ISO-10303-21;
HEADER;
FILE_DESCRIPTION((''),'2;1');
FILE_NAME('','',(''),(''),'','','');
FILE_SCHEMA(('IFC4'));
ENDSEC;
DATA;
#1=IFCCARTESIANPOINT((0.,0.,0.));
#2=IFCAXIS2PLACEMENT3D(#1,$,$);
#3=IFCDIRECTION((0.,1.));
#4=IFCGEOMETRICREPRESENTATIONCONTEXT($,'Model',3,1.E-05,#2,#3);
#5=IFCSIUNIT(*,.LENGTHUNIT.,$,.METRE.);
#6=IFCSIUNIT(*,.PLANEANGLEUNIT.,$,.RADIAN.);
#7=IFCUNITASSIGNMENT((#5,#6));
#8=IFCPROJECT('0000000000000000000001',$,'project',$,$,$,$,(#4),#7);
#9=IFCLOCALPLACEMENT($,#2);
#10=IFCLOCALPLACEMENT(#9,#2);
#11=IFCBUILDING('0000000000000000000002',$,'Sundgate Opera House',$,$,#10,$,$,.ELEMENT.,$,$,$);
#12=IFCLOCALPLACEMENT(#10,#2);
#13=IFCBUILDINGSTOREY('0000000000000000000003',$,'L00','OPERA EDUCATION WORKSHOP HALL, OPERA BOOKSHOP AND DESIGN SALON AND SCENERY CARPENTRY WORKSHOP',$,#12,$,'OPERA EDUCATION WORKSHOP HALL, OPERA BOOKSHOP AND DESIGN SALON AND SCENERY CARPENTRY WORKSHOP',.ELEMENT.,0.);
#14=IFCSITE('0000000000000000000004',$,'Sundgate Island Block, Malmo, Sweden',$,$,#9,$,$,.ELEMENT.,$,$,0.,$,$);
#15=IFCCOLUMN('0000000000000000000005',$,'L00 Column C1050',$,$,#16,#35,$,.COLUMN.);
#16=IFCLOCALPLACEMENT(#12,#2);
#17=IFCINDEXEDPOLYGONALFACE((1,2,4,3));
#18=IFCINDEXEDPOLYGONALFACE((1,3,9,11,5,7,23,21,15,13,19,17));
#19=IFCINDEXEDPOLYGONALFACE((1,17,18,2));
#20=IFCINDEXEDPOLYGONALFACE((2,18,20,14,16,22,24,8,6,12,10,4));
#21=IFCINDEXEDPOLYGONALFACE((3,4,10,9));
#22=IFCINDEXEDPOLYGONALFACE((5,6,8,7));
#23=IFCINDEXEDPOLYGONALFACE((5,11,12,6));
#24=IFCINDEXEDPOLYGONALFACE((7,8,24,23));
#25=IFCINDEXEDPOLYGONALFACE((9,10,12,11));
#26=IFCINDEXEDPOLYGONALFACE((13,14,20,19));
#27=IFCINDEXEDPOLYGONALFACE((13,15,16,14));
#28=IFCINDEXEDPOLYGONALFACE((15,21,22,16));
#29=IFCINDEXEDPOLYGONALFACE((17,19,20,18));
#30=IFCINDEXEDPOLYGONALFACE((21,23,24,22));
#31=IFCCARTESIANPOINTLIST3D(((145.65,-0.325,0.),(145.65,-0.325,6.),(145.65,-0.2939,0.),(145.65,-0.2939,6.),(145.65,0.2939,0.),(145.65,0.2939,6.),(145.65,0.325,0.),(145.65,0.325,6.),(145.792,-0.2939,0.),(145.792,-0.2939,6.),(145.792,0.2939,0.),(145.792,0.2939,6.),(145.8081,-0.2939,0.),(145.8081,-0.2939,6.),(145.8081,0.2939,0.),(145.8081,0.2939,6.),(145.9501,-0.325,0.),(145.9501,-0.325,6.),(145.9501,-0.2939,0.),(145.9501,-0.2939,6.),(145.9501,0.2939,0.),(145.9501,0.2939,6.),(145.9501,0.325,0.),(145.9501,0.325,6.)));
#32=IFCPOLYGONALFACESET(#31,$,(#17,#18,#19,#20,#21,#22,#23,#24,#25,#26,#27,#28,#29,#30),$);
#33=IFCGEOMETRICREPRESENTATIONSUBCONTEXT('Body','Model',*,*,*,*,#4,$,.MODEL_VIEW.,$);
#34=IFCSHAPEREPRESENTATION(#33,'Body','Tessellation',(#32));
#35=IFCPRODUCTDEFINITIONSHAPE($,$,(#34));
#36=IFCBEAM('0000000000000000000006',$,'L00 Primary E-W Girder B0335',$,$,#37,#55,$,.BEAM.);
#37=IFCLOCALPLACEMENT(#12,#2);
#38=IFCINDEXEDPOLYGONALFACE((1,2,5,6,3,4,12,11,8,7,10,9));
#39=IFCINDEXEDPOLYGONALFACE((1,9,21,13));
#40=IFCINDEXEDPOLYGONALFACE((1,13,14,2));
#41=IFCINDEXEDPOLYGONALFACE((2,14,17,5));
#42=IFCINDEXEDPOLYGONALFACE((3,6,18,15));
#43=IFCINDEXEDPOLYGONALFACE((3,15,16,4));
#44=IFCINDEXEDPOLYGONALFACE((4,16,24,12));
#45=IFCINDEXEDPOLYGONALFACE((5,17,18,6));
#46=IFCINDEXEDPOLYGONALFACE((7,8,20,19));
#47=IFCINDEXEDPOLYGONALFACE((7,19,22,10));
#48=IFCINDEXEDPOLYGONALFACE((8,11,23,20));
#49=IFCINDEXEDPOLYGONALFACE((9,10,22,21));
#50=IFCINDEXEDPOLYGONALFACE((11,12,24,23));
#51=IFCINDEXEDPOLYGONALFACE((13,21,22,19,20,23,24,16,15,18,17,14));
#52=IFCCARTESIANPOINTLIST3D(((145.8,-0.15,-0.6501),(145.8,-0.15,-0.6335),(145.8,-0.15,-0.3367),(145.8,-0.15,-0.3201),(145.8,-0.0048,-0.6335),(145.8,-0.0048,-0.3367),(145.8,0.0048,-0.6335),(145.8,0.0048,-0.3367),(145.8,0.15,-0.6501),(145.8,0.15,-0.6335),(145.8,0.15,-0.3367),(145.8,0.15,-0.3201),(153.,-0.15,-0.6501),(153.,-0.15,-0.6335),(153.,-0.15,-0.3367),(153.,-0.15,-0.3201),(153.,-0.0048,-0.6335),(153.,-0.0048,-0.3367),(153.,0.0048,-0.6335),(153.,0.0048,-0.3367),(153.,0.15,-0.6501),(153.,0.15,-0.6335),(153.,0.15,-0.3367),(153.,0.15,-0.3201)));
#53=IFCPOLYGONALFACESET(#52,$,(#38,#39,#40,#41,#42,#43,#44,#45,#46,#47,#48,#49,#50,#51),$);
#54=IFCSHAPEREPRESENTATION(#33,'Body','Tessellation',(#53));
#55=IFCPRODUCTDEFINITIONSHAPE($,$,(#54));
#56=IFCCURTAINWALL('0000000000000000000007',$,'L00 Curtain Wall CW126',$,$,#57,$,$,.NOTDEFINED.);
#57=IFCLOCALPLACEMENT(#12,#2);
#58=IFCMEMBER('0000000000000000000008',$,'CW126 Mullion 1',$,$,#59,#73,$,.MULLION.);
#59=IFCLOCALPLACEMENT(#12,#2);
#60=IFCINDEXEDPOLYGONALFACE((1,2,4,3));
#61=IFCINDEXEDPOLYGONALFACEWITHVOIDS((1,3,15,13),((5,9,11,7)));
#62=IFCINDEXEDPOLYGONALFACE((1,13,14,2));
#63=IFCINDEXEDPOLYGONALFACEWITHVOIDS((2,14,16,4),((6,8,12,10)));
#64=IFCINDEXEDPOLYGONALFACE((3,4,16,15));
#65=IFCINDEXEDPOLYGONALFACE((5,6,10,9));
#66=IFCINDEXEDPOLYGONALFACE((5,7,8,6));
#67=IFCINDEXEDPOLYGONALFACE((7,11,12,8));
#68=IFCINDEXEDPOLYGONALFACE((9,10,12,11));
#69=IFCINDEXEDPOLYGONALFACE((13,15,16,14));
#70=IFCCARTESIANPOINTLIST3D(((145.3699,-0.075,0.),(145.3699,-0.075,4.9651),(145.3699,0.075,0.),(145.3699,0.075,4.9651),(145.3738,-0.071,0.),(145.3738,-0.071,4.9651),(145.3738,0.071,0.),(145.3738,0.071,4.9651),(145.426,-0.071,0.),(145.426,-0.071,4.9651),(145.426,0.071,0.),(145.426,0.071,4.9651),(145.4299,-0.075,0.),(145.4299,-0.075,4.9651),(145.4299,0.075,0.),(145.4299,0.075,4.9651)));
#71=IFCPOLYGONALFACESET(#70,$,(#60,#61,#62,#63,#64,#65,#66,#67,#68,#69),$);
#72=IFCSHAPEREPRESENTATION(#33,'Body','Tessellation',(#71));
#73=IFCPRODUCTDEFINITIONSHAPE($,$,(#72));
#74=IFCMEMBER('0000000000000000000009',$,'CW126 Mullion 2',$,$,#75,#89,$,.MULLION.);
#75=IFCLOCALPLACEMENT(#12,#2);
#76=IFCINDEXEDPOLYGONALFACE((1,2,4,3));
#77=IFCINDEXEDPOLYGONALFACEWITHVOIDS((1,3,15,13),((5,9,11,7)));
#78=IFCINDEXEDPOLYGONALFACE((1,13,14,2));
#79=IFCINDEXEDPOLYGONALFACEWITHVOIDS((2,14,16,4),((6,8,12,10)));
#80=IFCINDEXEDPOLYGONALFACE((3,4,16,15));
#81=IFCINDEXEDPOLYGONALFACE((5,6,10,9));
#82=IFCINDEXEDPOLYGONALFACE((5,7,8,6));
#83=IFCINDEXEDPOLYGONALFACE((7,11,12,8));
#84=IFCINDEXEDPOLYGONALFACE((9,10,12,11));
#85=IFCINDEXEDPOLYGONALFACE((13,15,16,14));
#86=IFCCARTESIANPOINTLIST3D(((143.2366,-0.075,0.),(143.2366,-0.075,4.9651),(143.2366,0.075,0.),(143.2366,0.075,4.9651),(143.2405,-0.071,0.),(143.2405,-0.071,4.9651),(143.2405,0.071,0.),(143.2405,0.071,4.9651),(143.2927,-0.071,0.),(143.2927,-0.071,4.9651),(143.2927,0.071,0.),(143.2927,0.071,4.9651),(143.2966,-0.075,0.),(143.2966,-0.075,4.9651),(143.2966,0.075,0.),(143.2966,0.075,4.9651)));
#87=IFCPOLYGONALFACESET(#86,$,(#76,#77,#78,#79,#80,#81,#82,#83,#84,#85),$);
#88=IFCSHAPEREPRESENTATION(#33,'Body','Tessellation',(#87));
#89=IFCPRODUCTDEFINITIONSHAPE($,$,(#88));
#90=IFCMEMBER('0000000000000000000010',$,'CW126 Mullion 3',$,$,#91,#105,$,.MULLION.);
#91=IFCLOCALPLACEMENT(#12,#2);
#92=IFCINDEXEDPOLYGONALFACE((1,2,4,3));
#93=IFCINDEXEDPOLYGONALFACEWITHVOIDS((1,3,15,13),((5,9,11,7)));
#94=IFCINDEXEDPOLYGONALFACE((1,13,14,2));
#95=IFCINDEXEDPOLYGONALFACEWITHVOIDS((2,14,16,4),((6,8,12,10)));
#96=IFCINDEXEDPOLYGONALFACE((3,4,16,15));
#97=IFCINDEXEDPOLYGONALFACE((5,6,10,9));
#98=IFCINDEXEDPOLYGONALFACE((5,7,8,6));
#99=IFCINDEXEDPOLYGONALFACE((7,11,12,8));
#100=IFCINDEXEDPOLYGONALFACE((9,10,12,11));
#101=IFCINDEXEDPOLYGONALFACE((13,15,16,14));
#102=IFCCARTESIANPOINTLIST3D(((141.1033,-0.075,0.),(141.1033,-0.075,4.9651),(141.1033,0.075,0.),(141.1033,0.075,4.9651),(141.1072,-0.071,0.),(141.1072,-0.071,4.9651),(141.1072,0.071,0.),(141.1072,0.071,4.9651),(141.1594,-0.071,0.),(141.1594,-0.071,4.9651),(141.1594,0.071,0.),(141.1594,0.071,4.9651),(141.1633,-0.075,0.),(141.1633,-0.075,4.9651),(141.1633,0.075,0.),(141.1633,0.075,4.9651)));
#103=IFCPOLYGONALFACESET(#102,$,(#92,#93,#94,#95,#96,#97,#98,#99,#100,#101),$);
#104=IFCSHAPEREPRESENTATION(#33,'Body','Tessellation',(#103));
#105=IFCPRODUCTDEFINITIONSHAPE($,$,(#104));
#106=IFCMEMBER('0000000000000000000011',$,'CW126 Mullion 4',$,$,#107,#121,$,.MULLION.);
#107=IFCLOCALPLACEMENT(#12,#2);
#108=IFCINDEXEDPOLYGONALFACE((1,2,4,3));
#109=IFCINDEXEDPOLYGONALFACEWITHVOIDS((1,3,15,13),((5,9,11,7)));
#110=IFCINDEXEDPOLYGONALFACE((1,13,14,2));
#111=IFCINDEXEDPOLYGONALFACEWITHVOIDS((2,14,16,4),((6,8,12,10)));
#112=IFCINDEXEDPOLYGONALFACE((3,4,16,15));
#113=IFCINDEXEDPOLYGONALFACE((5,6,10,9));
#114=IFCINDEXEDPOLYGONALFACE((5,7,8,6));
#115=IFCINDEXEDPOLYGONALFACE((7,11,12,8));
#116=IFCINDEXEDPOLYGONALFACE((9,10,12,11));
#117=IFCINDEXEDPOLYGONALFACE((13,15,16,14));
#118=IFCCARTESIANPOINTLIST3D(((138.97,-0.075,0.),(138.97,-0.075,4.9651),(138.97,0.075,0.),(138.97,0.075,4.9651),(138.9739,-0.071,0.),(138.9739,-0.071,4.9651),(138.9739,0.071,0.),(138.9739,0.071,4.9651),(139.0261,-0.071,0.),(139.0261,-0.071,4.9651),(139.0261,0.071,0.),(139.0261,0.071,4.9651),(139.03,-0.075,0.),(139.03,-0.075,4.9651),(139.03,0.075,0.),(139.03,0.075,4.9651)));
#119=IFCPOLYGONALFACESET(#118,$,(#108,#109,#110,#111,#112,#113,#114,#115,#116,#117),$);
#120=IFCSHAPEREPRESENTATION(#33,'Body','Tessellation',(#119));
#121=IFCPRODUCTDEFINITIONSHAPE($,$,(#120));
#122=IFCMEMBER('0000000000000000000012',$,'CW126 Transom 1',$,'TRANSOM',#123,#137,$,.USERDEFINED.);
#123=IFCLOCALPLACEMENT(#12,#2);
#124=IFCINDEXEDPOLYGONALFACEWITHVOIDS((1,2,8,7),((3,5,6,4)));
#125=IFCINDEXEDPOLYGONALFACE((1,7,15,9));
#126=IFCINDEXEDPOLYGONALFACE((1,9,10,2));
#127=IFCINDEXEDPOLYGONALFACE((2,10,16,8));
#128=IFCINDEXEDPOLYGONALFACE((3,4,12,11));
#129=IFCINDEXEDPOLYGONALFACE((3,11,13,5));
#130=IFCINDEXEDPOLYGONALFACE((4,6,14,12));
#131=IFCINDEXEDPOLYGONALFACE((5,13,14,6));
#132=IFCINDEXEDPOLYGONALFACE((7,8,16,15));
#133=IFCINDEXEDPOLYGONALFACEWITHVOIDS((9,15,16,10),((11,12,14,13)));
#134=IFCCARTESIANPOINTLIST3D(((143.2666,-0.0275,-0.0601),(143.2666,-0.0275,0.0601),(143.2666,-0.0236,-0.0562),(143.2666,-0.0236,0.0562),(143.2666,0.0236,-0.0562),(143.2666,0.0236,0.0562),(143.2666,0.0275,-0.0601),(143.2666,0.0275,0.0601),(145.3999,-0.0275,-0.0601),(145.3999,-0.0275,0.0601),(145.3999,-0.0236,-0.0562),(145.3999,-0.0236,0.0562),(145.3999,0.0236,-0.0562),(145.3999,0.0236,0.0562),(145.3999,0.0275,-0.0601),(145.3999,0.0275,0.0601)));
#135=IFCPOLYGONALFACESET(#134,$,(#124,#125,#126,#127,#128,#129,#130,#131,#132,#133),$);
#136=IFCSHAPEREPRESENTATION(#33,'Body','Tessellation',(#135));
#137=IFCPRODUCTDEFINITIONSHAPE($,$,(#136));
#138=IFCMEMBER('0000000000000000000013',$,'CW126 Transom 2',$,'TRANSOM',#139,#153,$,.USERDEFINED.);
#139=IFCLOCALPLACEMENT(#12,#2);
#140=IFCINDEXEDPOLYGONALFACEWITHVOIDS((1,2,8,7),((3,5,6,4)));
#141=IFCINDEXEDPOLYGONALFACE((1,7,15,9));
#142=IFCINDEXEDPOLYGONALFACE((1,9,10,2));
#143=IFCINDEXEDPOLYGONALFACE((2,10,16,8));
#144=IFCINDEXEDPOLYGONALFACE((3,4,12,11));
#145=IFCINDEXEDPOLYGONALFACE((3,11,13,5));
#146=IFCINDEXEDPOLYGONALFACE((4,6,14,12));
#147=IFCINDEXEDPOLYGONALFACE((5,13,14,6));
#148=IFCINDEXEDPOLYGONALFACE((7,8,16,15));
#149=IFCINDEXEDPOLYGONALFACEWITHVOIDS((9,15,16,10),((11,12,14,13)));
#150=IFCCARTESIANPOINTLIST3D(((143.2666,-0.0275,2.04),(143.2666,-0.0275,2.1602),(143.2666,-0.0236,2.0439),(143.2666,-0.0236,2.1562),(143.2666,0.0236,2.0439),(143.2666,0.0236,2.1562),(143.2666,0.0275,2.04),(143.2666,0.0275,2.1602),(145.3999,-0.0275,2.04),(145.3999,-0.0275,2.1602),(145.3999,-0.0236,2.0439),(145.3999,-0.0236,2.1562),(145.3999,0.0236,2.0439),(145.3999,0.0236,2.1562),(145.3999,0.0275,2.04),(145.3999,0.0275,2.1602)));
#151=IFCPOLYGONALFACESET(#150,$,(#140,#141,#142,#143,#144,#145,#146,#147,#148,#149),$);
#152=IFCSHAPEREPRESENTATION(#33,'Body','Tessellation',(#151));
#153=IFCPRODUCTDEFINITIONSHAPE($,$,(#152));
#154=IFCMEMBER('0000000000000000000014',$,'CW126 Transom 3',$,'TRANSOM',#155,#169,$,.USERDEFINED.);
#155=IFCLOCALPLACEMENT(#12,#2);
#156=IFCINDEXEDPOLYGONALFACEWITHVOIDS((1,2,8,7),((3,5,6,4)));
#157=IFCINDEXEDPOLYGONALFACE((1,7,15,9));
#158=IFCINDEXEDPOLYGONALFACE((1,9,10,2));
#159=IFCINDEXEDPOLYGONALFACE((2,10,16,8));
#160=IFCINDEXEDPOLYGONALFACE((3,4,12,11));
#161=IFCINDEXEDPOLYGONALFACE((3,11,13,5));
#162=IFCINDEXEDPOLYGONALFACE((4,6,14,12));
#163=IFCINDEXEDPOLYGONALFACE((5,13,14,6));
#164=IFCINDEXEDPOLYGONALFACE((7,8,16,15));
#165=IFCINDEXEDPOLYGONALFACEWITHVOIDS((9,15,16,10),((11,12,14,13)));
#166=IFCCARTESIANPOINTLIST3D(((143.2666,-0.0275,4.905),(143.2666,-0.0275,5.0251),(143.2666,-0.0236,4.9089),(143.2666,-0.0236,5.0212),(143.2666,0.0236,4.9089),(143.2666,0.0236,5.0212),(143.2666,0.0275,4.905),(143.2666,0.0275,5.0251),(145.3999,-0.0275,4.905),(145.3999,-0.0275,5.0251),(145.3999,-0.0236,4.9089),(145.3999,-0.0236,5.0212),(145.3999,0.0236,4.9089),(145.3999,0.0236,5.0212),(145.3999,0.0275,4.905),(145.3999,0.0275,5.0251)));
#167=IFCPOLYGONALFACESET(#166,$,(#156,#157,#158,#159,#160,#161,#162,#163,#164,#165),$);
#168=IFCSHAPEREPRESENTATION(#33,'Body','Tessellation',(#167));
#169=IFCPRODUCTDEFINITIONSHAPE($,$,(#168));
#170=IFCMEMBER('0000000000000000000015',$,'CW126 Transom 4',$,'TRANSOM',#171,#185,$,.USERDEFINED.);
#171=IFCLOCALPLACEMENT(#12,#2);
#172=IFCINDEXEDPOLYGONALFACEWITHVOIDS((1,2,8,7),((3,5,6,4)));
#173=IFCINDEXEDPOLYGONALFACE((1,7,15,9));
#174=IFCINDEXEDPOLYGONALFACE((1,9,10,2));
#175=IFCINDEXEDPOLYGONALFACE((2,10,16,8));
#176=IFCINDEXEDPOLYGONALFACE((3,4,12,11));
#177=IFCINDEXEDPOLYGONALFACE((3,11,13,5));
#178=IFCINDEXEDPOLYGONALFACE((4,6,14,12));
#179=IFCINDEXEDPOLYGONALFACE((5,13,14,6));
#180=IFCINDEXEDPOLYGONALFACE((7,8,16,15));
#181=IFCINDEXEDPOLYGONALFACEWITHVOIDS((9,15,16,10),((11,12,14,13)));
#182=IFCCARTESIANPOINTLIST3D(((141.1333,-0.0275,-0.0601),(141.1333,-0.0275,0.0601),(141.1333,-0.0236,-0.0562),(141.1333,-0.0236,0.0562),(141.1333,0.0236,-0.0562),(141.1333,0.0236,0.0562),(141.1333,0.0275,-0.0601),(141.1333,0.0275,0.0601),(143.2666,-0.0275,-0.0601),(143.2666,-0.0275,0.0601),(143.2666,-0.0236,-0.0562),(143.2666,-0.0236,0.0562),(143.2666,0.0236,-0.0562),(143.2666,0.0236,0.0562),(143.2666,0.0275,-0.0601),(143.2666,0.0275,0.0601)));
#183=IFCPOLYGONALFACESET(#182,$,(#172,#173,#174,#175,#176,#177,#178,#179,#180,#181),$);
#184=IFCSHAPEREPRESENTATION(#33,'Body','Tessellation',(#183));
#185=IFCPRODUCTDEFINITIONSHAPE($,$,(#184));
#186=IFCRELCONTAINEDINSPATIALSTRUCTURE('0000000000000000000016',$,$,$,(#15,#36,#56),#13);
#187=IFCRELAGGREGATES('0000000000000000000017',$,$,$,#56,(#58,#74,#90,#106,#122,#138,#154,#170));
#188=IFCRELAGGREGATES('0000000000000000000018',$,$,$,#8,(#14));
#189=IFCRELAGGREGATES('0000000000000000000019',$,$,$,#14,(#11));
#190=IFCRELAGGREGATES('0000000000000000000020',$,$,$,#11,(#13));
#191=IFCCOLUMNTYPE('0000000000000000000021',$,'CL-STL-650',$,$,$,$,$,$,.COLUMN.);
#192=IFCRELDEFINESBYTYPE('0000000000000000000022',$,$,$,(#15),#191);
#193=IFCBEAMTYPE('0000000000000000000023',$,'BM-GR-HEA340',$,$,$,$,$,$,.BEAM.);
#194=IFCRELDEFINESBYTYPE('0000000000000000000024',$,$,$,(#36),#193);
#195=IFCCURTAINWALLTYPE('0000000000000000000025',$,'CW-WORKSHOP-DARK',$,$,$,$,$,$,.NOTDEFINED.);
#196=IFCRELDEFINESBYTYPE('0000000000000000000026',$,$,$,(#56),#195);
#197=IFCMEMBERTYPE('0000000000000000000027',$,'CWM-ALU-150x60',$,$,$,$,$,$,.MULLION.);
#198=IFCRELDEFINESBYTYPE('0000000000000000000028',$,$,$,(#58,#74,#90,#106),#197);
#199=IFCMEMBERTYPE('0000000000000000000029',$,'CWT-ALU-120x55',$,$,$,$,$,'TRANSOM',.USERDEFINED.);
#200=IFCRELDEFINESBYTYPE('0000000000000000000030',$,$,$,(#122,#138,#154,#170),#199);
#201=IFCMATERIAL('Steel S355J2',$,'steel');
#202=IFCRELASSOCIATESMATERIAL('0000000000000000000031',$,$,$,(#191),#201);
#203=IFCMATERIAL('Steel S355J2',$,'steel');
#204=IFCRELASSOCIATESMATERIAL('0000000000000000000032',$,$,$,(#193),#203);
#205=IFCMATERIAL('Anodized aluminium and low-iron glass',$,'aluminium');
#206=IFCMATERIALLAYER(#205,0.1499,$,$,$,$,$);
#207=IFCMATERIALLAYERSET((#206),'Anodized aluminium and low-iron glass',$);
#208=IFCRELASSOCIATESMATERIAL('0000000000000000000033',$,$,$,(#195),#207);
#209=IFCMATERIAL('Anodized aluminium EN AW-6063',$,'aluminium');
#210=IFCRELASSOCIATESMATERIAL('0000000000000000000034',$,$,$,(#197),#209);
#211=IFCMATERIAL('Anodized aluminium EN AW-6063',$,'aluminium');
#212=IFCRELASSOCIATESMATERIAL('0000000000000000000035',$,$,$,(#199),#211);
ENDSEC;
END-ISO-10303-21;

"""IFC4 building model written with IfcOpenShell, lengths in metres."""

from ifc_helpers import new_model, si_unit, direction, frame, origin, origin_2d, place, context, subcontext, project, spatial, hollow_rectangle, i_section, extrude, material, layer, layer_set, material_profile, profile_set, type_object, element, aggregate, save


model = new_model("IFC4")

# Units and contexts
model_context = context("Model", 3, precision=1e-05, world=origin(), true_north=direction((0.0, 1.0)))
body_context = subcontext(model_context, "Body", "Model", "MODEL_VIEW")
ifc_project = project(units=[si_unit("LENGTHUNIT", "METRE"), si_unit("PLANEANGLEUNIT", "RADIAN")], contexts=[model_context])

# Site, building, storey
site_placement = place(None, origin())
site = spatial("IfcSite", under=ifc_project, at=site_placement, Name="Sundgate Island Block, Malmo, Sweden", CompositionType="ELEMENT", RefElevation=0.0)
building_placement = place(site_placement, origin())
building = spatial("IfcBuilding", under=site, at=building_placement, Name="Sundgate Opera House", CompositionType="ELEMENT")
storey_placement = place(building_placement, origin())
storey = spatial("IfcBuildingStorey", under=building, at=storey_placement, Name="L00", Description="OPERA EDUCATION WORKSHOP HALL, OPERA BOOKSHOP AND DESIGN SALON AND SCENERY CARPENTRY WORKSHOP", LongName="OPERA EDUCATION WORKSHOP HALL, OPERA BOOKSHOP AND DESIGN SALON AND SCENERY CARPENTRY WORKSHOP", CompositionType="ELEMENT", Elevation=0.0)

# Column
ifc_material_1 = material(Name="Steel S355J2", Category="steel")
ifc_material_profile_1 = material_profile(ifc_material_1, i_section(OverallWidth=0.3, OverallDepth=0.6499, WebThickness=0.0161, FlangeThickness=0.031, at=origin_2d()), Name="HEB 650")
ifc_profile_set_1 = profile_set([ifc_material_profile_1], Name="Steel S355J2")
column_type = type_object("IfcColumnType", Name="CL-STL-650", PredefinedType="COLUMN", material=ifc_profile_set_1)
column_placement = place(storey_placement, frame((145.8, 0.0, 0.0), z_axis=(0.0, 0.0, 1.0), x_axis=(1.0, 0.0, 0.0)))
element("IfcColumn", 1, at=column_placement, inside=storey, type_object=column_type, Name="L00 Column C1050", PredefinedType="COLUMN", context=body_context, shape_type="SweptSolid", body=[
    extrude(i_section(OverallWidth=0.3, OverallDepth=0.6499, WebThickness=0.0161, FlangeThickness=0.031, at=origin_2d()), origin(), (0.0, 0.0, 1.0), 6.0),
])

# Beam
ifc_material_2 = material(Name="Steel S355J2", Category="steel")
ifc_material_profile_2 = material_profile(ifc_material_2, i_section(OverallWidth=0.3, OverallDepth=0.3301, WebThickness=0.0095, FlangeThickness=0.0166, at=origin_2d()), Name="HEA 340")
ifc_profile_set_2 = profile_set([ifc_material_profile_2], Name="Steel S355J2")
beam_type = type_object("IfcBeamType", Name="BM-GR-HEA340", PredefinedType="BEAM", material=ifc_profile_set_2)
beam_placement = place(storey_placement, frame((145.8, 0.0, -0.4851), z_axis=(1.0, 0.0, 0.0), x_axis=(0.0, 1.0, 0.0)))
element("IfcBeam", 2, at=beam_placement, inside=storey, type_object=beam_type, Name="L00 Primary E-W Girder B0335", PredefinedType="BEAM", context=body_context, shape_type="SweptSolid", body=[
    extrude(i_section(OverallWidth=0.3, OverallDepth=0.3301, WebThickness=0.0095, FlangeThickness=0.0166, at=origin_2d()), origin(), (0.0, 0.0, 1.0), 7.2),
])

# Curtain wall, members
ifc_material_3 = material(Name="Anodized aluminium and low-iron glass", Category="aluminium")
ifc_layer_1 = layer(ifc_material_3, 0.1499)
ifc_layer_set_1 = layer_set([ifc_layer_1], Name="Anodized aluminium and low-iron glass")
curtain_wall_type = type_object("IfcCurtainWallType", Name="CW-WORKSHOP-DARK", PredefinedType="NOTDEFINED", material=ifc_layer_set_1)
curtain_wall_placement = place(storey_placement, origin())
curtain_wall = element("IfcCurtainWall", 3, at=curtain_wall_placement, inside=storey, type_object=curtain_wall_type, Name="L00 Curtain Wall CW126", PredefinedType="NOTDEFINED")
ifc_material_4 = material(Name="Anodized aluminium EN AW-6063", Category="aluminium")
ifc_material_profile_3 = material_profile(ifc_material_4, hollow_rectangle(XDim=0.0601, YDim=0.1499, WallThickness=0.0039, at=origin_2d()), Name="CWM 150x60x4")
ifc_profile_set_3 = profile_set([ifc_material_profile_3], Name="Anodized aluminium EN AW-6063")
member_type_1 = type_object("IfcMemberType", Name="CWM-ALU-150x60", PredefinedType="MULLION", material=ifc_profile_set_3)
member_1_placement = place(storey_placement, frame((145.3999, 0.0, 0.0), z_axis=(0.0, 0.0, 1.0), x_axis=(1.0, 0.0, 0.0)))
member_1 = element("IfcMember", 4, at=member_1_placement, type_object=member_type_1, Name="CW126 Mullion 1", PredefinedType="MULLION", context=body_context, shape_type="SweptSolid", body=[
    extrude(hollow_rectangle(XDim=0.0601, YDim=0.1499, WallThickness=0.0039, at=origin_2d()), origin(), (0.0, 0.0, 1.0), 4.9651),
])
member_2_placement = place(storey_placement, frame((143.2666, 0.0, 0.0), z_axis=(0.0, 0.0, 1.0), x_axis=(1.0, 0.0, 0.0)))
member_2 = element("IfcMember", 5, at=member_2_placement, type_object=member_type_1, Name="CW126 Mullion 2", PredefinedType="MULLION", context=body_context, shape_type="SweptSolid", body=[
    extrude(hollow_rectangle(XDim=0.0601, YDim=0.1499, WallThickness=0.0039, at=origin_2d()), origin(), (0.0, 0.0, 1.0), 4.9651),
])
member_3_placement = place(storey_placement, frame((141.1333, 0.0, 0.0), z_axis=(0.0, 0.0, 1.0), x_axis=(1.0, 0.0, 0.0)))
member_3 = element("IfcMember", 6, at=member_3_placement, type_object=member_type_1, Name="CW126 Mullion 3", PredefinedType="MULLION", context=body_context, shape_type="SweptSolid", body=[
    extrude(hollow_rectangle(XDim=0.0601, YDim=0.1499, WallThickness=0.0039, at=origin_2d()), origin(), (0.0, 0.0, 1.0), 4.9651),
])
member_4_placement = place(storey_placement, frame((139.0, 0.0, 0.0), z_axis=(0.0, 0.0, 1.0), x_axis=(1.0, 0.0, 0.0)))
member_4 = element("IfcMember", 7, at=member_4_placement, type_object=member_type_1, Name="CW126 Mullion 4", PredefinedType="MULLION", context=body_context, shape_type="SweptSolid", body=[
    extrude(hollow_rectangle(XDim=0.0601, YDim=0.1499, WallThickness=0.0039, at=origin_2d()), origin(), (0.0, 0.0, 1.0), 4.9651),
])
ifc_material_5 = material(Name="Anodized aluminium EN AW-6063", Category="aluminium")
ifc_material_profile_4 = material_profile(ifc_material_5, hollow_rectangle(XDim=0.0549, YDim=0.1201, WallThickness=0.0039, at=origin_2d()), Name="CWT 120x55x4")
ifc_profile_set_4 = profile_set([ifc_material_profile_4], Name="Anodized aluminium EN AW-6063")
member_type_2 = type_object("IfcMemberType", Name="CWT-ALU-120x55", ElementType="TRANSOM", PredefinedType="USERDEFINED", material=ifc_profile_set_4)
member_5_placement = place(storey_placement, frame((145.3999, 0.0, 0.0), z_axis=(-1.0, 0.0, 0.0), x_axis=(0.0, -1.0, 0.0)))
member_5 = element("IfcMember", 8, at=member_5_placement, type_object=member_type_2, Name="CW126 Transom 1", ObjectType="TRANSOM", PredefinedType="USERDEFINED", context=body_context, shape_type="SweptSolid", body=[
    extrude(hollow_rectangle(XDim=0.0549, YDim=0.1201, WallThickness=0.0039, at=origin_2d()), origin(), (0.0, 0.0, 1.0), 2.1333),
])
member_6_placement = place(storey_placement, frame((145.3999, 0.0, 2.1001), z_axis=(-1.0, 0.0, 0.0), x_axis=(0.0, -1.0, 0.0)))
member_6 = element("IfcMember", 9, at=member_6_placement, type_object=member_type_2, Name="CW126 Transom 2", ObjectType="TRANSOM", PredefinedType="USERDEFINED", context=body_context, shape_type="SweptSolid", body=[
    extrude(hollow_rectangle(XDim=0.0549, YDim=0.1201, WallThickness=0.0039, at=origin_2d()), origin(), (0.0, 0.0, 1.0), 2.1333),
])
member_7_placement = place(storey_placement, frame((145.3999, 0.0, 4.9651), z_axis=(-1.0, 0.0, 0.0), x_axis=(0.0, -1.0, 0.0)))
member_7 = element("IfcMember", 10, at=member_7_placement, type_object=member_type_2, Name="CW126 Transom 3", ObjectType="TRANSOM", PredefinedType="USERDEFINED", context=body_context, shape_type="SweptSolid", body=[
    extrude(hollow_rectangle(XDim=0.0549, YDim=0.1201, WallThickness=0.0039, at=origin_2d()), origin(), (0.0, 0.0, 1.0), 2.1333),
])
member_8_placement = place(storey_placement, frame((143.2666, 0.0, 0.0), z_axis=(-1.0, 0.0, 0.0), x_axis=(0.0, -1.0, 0.0)))
member_8 = element("IfcMember", 11, at=member_8_placement, type_object=member_type_2, Name="CW126 Transom 4", ObjectType="TRANSOM", PredefinedType="USERDEFINED", context=body_context, shape_type="SweptSolid", body=[
    extrude(hollow_rectangle(XDim=0.0549, YDim=0.1201, WallThickness=0.0039, at=origin_2d()), origin(), (0.0, 0.0, 1.0), 2.1333),
])
aggregate(curtain_wall, [member_1, member_2, member_3, member_4, member_5, member_6, member_7, member_8])

save(model, "model.ifc")
